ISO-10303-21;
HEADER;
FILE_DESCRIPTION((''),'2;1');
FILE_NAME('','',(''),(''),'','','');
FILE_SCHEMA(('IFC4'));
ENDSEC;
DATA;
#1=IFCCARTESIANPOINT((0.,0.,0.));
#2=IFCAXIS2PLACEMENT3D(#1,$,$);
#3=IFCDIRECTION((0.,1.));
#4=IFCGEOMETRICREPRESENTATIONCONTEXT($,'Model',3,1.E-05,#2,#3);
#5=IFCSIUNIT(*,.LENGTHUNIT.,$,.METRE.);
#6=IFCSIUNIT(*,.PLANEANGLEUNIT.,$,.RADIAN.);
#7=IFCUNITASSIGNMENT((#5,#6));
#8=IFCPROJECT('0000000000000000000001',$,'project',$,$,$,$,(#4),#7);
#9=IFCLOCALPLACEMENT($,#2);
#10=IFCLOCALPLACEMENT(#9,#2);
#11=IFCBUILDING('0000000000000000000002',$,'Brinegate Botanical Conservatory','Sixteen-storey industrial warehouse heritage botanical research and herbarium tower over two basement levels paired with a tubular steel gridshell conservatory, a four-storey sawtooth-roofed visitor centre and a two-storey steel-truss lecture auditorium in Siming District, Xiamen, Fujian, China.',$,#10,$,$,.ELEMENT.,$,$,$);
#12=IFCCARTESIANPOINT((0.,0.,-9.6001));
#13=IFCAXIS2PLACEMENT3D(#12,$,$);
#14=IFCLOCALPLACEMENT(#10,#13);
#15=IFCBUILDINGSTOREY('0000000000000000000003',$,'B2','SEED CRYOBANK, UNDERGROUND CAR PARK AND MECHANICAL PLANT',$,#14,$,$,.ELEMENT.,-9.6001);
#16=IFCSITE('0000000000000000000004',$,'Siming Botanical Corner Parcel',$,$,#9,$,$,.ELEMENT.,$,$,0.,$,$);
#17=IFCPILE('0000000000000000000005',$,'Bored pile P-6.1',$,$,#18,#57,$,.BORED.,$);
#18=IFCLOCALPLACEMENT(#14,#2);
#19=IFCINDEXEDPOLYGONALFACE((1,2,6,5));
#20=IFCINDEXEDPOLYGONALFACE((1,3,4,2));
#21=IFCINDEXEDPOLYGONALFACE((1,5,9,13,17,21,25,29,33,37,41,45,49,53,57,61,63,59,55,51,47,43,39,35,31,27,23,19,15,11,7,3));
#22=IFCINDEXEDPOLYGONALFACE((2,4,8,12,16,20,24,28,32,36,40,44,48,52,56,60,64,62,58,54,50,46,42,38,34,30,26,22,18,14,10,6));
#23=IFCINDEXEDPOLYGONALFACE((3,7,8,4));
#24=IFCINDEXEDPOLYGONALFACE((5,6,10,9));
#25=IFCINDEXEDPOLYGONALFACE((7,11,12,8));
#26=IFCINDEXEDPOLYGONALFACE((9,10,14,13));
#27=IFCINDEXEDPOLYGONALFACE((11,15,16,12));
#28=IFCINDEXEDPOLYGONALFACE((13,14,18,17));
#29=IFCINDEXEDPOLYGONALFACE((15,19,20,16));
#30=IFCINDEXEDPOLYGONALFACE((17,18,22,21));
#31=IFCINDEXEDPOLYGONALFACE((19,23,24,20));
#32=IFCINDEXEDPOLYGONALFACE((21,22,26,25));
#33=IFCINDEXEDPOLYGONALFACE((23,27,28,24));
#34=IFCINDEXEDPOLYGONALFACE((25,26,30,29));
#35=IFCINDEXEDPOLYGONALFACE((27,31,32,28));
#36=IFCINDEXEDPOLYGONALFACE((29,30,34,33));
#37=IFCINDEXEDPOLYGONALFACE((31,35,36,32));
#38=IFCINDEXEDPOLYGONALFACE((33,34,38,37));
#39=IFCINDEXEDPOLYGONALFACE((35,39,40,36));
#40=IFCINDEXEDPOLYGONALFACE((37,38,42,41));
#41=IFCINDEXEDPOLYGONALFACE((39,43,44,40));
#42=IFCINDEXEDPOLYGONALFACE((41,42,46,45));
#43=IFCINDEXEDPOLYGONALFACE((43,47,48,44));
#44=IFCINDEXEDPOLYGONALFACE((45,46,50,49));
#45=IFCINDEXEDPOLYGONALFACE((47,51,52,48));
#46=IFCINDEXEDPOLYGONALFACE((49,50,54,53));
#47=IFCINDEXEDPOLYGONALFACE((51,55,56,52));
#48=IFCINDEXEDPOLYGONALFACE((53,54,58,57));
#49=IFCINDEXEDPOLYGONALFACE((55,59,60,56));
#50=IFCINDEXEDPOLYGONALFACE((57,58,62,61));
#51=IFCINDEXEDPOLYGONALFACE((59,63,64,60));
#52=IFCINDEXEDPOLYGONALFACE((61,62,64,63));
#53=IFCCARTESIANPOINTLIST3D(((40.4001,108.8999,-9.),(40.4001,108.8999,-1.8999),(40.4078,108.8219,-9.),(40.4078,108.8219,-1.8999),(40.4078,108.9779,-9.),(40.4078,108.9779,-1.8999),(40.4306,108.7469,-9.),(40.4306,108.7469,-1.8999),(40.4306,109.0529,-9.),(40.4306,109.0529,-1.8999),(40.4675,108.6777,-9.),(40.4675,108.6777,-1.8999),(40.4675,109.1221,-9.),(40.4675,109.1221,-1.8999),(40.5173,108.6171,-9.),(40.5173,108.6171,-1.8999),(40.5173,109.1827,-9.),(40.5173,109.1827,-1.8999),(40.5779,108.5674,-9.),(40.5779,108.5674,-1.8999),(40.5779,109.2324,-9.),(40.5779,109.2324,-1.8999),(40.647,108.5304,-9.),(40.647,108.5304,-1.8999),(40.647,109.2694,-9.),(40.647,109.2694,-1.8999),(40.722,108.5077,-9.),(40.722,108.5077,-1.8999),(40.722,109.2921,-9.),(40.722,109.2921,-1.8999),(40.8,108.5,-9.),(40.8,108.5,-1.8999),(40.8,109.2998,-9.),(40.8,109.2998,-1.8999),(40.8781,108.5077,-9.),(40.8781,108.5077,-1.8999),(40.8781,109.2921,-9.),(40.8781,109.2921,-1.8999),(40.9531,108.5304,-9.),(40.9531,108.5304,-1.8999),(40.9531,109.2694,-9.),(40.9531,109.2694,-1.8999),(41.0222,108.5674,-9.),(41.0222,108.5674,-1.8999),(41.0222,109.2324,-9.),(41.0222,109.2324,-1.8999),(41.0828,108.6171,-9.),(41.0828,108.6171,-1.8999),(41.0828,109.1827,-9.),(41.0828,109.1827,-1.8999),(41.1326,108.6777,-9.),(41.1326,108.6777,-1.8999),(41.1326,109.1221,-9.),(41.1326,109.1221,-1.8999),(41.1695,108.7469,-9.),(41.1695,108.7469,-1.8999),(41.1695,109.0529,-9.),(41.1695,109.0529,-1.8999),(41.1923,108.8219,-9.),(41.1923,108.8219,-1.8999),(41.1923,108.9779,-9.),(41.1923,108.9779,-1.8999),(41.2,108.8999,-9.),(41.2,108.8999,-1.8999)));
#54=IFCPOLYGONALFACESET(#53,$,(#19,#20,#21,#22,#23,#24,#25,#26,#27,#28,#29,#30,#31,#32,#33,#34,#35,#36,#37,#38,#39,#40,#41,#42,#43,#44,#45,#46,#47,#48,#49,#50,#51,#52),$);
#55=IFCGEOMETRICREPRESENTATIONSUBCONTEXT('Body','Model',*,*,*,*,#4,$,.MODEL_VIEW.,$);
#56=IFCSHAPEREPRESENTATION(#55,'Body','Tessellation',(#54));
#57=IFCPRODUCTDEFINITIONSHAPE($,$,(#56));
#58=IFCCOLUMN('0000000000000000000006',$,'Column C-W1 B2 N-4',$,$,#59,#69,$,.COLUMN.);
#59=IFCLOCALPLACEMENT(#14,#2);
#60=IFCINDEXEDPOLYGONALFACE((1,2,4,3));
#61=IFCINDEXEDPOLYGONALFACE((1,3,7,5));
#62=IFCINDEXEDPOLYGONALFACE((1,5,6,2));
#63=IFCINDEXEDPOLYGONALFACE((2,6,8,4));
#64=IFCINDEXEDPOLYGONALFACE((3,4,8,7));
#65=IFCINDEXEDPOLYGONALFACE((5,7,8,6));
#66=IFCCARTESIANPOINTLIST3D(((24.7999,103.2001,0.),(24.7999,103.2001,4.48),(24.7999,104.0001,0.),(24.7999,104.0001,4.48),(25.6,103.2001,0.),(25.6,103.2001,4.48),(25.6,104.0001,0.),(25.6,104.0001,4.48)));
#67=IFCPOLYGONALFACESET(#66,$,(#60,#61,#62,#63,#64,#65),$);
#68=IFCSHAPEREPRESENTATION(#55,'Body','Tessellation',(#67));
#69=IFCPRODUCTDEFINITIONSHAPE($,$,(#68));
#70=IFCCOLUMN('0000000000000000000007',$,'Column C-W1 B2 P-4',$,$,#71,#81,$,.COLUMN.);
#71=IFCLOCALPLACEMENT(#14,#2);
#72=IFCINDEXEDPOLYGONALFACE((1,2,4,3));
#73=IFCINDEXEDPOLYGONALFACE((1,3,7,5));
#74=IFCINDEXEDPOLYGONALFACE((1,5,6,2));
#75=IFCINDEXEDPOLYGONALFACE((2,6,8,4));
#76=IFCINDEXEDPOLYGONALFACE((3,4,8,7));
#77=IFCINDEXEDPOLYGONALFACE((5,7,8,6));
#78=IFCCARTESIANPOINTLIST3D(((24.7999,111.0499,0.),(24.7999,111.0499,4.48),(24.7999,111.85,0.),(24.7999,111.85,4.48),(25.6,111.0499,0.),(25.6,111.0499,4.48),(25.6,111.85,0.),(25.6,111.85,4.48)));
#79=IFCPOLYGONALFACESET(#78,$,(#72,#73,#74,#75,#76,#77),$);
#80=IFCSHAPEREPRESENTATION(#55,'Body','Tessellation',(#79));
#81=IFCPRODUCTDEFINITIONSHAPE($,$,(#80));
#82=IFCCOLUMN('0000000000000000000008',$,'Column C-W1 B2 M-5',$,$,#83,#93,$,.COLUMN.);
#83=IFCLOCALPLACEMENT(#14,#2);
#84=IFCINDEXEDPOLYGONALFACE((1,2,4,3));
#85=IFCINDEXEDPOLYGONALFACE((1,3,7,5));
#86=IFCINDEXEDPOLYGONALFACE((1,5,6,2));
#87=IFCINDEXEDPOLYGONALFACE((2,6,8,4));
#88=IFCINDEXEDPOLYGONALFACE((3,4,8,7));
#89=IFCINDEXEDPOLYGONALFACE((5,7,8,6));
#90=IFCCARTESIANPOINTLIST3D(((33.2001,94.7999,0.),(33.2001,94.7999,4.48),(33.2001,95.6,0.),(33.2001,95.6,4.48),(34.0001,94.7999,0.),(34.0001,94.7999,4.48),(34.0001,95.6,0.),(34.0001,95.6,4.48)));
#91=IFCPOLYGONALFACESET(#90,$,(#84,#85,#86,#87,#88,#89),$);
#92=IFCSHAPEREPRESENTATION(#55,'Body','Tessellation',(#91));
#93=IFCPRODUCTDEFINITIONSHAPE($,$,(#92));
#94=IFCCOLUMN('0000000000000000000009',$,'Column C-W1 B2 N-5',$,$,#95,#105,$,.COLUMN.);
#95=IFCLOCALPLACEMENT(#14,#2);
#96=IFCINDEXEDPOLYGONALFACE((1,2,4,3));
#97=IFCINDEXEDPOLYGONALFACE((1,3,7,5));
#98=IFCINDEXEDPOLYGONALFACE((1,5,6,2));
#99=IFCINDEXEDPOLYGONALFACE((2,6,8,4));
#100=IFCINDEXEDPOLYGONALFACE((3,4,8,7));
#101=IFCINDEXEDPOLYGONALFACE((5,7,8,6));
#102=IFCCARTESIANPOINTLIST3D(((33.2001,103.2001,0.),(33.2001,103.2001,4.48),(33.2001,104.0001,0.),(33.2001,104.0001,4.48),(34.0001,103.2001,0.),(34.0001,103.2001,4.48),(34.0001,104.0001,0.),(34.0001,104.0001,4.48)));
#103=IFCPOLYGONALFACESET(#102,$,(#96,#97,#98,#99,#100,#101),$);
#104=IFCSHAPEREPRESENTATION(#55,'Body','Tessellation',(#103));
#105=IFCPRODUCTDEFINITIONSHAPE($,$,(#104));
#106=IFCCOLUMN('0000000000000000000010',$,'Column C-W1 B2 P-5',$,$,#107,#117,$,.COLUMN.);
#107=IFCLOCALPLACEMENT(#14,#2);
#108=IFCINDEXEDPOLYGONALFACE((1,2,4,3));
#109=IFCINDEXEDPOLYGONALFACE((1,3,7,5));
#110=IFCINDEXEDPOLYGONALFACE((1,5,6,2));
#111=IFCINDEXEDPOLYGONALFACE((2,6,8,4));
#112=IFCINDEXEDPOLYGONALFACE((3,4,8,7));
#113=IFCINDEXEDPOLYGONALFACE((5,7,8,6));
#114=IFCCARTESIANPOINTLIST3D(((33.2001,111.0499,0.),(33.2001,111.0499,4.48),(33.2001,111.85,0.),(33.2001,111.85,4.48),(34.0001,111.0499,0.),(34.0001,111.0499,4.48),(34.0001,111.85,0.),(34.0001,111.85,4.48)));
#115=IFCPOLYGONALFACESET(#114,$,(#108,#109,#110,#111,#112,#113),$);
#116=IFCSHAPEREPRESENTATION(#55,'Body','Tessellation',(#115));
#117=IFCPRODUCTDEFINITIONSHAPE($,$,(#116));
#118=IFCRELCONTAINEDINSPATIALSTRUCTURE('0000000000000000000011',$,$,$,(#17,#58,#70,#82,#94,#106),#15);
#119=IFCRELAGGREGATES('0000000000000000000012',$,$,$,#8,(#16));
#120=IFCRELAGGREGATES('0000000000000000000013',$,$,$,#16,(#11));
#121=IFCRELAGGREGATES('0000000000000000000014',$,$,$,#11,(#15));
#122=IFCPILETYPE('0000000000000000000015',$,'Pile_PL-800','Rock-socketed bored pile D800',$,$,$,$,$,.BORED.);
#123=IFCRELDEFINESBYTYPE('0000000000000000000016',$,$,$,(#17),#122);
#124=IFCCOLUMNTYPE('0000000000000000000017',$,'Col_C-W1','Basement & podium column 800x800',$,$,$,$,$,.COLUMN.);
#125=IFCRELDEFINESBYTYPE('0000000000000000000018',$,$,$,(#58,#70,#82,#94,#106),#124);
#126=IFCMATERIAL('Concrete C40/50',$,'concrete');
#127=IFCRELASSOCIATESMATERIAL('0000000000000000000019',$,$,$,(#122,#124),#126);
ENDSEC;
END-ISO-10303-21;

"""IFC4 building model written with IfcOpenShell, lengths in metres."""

from ifc_helpers import new_model, si_unit, direction, frame, origin, origin_2d, place, context, subcontext, project, spatial, rectangle, circle, extrude, material, material_profile, profile_set, type_object, element, save


model = new_model("IFC4")

# Units and contexts
model_context = context("Model", 3, precision=1e-05, world=origin(), true_north=direction((0.0, 1.0)))
body_context = subcontext(model_context, "Body", "Model", "MODEL_VIEW")
ifc_project = project(units=[si_unit("LENGTHUNIT", "METRE"), si_unit("PLANEANGLEUNIT", "RADIAN")], contexts=[model_context])

# Site, building, storey
site_placement = place(None, origin())
site = spatial("IfcSite", under=ifc_project, at=site_placement, Name="Siming Botanical Corner Parcel", CompositionType="ELEMENT", RefElevation=0.0)
building_placement = place(site_placement, origin())
building = spatial("IfcBuilding", under=site, at=building_placement, Name="Brinegate Botanical Conservatory", Description="Sixteen-storey industrial warehouse heritage botanical research and herbarium tower over two basement levels paired with a tubular steel gridshell conservatory, a four-storey sawtooth-roofed visitor centre and a two-storey steel-truss lecture auditorium in Siming District, Xiamen, Fujian, China.", CompositionType="ELEMENT")
storey_placement = place(building_placement, frame((0.0, 0.0, -9.6001)))
storey = spatial("IfcBuildingStorey", under=building, at=storey_placement, Name="B2", Description="SEED CRYOBANK, UNDERGROUND CAR PARK AND MECHANICAL PLANT", CompositionType="ELEMENT", Elevation=-9.6001)

# Shared definitions
ifc_material = material(Name="Concrete C40/50", Category="concrete")

# Pile
ifc_material_profile_1 = material_profile(ifc_material, circle(Radius=0.3999, at=origin_2d()), Name="PILE D800")
ifc_profile_set_1 = profile_set([ifc_material_profile_1], Name="Concrete C40/50")
pile_type = type_object("IfcPileType", Name="Pile_PL-800", Description="Rock-socketed bored pile D800", PredefinedType="BORED", material=ifc_profile_set_1)
for number, where, z_axis, x_axis, name in (
    (1, (40.8, 108.8999, -1.8999), (0.0, 0.0, -1.0), (1.0, 0.0, 0.0), "Bored pile P-6.1"),
):
    element("IfcPile", number, at=place(storey_placement, frame(where, z_axis=z_axis, x_axis=x_axis)), inside=storey, type_object=pile_type, Name=name, PredefinedType="BORED", context=body_context, shape_type="SweptSolid", body=[
        extrude(circle(Radius=0.3999, at=origin_2d()), origin(), (0.0, 0.0, 1.0), 7.1001),
    ])

# Columns
ifc_material_profile_2 = material_profile(ifc_material, rectangle(XDim=0.8, YDim=0.8, at=origin_2d()), Name="RC COL 800x800")
ifc_profile_set_2 = profile_set([ifc_material_profile_2], Name="Concrete C40/50")
column_type = type_object("IfcColumnType", Name="Col_C-W1", Description="Basement & podium column 800x800", PredefinedType="COLUMN", material=ifc_profile_set_2)
for number, where, z_axis, x_axis, name in (
    (2, (25.2, 103.6001, 0.0), (0.0, 0.0, 1.0), (1.0, 0.0, 0.0), "Column C-W1 B2 N-4"),
    (3, (25.2, 111.45, 0.0), (0.0, 0.0, 1.0), (1.0, 0.0, 0.0), "Column C-W1 B2 P-4"),
    (4, (33.6001, 95.2, 0.0), (0.0, 0.0, 1.0), (1.0, 0.0, 0.0), "Column C-W1 B2 M-5"),
    (5, (33.6001, 103.6001, 0.0), (0.0, 0.0, 1.0), (1.0, 0.0, 0.0), "Column C-W1 B2 N-5"),
    (6, (33.6001, 111.45, 0.0), (0.0, 0.0, 1.0), (1.0, 0.0, 0.0), "Column C-W1 B2 P-5"),
):
    element("IfcColumn", number, at=place(storey_placement, frame(where, z_axis=z_axis, x_axis=x_axis)), inside=storey, type_object=column_type, Name=name, PredefinedType="COLUMN", context=body_context, shape_type="SweptSolid", body=[
        extrude(rectangle(XDim=0.8, YDim=0.8, at=origin_2d()), origin(), (0.0, 0.0, 1.0), 4.48),
    ])

save(model, "model.ifc")
